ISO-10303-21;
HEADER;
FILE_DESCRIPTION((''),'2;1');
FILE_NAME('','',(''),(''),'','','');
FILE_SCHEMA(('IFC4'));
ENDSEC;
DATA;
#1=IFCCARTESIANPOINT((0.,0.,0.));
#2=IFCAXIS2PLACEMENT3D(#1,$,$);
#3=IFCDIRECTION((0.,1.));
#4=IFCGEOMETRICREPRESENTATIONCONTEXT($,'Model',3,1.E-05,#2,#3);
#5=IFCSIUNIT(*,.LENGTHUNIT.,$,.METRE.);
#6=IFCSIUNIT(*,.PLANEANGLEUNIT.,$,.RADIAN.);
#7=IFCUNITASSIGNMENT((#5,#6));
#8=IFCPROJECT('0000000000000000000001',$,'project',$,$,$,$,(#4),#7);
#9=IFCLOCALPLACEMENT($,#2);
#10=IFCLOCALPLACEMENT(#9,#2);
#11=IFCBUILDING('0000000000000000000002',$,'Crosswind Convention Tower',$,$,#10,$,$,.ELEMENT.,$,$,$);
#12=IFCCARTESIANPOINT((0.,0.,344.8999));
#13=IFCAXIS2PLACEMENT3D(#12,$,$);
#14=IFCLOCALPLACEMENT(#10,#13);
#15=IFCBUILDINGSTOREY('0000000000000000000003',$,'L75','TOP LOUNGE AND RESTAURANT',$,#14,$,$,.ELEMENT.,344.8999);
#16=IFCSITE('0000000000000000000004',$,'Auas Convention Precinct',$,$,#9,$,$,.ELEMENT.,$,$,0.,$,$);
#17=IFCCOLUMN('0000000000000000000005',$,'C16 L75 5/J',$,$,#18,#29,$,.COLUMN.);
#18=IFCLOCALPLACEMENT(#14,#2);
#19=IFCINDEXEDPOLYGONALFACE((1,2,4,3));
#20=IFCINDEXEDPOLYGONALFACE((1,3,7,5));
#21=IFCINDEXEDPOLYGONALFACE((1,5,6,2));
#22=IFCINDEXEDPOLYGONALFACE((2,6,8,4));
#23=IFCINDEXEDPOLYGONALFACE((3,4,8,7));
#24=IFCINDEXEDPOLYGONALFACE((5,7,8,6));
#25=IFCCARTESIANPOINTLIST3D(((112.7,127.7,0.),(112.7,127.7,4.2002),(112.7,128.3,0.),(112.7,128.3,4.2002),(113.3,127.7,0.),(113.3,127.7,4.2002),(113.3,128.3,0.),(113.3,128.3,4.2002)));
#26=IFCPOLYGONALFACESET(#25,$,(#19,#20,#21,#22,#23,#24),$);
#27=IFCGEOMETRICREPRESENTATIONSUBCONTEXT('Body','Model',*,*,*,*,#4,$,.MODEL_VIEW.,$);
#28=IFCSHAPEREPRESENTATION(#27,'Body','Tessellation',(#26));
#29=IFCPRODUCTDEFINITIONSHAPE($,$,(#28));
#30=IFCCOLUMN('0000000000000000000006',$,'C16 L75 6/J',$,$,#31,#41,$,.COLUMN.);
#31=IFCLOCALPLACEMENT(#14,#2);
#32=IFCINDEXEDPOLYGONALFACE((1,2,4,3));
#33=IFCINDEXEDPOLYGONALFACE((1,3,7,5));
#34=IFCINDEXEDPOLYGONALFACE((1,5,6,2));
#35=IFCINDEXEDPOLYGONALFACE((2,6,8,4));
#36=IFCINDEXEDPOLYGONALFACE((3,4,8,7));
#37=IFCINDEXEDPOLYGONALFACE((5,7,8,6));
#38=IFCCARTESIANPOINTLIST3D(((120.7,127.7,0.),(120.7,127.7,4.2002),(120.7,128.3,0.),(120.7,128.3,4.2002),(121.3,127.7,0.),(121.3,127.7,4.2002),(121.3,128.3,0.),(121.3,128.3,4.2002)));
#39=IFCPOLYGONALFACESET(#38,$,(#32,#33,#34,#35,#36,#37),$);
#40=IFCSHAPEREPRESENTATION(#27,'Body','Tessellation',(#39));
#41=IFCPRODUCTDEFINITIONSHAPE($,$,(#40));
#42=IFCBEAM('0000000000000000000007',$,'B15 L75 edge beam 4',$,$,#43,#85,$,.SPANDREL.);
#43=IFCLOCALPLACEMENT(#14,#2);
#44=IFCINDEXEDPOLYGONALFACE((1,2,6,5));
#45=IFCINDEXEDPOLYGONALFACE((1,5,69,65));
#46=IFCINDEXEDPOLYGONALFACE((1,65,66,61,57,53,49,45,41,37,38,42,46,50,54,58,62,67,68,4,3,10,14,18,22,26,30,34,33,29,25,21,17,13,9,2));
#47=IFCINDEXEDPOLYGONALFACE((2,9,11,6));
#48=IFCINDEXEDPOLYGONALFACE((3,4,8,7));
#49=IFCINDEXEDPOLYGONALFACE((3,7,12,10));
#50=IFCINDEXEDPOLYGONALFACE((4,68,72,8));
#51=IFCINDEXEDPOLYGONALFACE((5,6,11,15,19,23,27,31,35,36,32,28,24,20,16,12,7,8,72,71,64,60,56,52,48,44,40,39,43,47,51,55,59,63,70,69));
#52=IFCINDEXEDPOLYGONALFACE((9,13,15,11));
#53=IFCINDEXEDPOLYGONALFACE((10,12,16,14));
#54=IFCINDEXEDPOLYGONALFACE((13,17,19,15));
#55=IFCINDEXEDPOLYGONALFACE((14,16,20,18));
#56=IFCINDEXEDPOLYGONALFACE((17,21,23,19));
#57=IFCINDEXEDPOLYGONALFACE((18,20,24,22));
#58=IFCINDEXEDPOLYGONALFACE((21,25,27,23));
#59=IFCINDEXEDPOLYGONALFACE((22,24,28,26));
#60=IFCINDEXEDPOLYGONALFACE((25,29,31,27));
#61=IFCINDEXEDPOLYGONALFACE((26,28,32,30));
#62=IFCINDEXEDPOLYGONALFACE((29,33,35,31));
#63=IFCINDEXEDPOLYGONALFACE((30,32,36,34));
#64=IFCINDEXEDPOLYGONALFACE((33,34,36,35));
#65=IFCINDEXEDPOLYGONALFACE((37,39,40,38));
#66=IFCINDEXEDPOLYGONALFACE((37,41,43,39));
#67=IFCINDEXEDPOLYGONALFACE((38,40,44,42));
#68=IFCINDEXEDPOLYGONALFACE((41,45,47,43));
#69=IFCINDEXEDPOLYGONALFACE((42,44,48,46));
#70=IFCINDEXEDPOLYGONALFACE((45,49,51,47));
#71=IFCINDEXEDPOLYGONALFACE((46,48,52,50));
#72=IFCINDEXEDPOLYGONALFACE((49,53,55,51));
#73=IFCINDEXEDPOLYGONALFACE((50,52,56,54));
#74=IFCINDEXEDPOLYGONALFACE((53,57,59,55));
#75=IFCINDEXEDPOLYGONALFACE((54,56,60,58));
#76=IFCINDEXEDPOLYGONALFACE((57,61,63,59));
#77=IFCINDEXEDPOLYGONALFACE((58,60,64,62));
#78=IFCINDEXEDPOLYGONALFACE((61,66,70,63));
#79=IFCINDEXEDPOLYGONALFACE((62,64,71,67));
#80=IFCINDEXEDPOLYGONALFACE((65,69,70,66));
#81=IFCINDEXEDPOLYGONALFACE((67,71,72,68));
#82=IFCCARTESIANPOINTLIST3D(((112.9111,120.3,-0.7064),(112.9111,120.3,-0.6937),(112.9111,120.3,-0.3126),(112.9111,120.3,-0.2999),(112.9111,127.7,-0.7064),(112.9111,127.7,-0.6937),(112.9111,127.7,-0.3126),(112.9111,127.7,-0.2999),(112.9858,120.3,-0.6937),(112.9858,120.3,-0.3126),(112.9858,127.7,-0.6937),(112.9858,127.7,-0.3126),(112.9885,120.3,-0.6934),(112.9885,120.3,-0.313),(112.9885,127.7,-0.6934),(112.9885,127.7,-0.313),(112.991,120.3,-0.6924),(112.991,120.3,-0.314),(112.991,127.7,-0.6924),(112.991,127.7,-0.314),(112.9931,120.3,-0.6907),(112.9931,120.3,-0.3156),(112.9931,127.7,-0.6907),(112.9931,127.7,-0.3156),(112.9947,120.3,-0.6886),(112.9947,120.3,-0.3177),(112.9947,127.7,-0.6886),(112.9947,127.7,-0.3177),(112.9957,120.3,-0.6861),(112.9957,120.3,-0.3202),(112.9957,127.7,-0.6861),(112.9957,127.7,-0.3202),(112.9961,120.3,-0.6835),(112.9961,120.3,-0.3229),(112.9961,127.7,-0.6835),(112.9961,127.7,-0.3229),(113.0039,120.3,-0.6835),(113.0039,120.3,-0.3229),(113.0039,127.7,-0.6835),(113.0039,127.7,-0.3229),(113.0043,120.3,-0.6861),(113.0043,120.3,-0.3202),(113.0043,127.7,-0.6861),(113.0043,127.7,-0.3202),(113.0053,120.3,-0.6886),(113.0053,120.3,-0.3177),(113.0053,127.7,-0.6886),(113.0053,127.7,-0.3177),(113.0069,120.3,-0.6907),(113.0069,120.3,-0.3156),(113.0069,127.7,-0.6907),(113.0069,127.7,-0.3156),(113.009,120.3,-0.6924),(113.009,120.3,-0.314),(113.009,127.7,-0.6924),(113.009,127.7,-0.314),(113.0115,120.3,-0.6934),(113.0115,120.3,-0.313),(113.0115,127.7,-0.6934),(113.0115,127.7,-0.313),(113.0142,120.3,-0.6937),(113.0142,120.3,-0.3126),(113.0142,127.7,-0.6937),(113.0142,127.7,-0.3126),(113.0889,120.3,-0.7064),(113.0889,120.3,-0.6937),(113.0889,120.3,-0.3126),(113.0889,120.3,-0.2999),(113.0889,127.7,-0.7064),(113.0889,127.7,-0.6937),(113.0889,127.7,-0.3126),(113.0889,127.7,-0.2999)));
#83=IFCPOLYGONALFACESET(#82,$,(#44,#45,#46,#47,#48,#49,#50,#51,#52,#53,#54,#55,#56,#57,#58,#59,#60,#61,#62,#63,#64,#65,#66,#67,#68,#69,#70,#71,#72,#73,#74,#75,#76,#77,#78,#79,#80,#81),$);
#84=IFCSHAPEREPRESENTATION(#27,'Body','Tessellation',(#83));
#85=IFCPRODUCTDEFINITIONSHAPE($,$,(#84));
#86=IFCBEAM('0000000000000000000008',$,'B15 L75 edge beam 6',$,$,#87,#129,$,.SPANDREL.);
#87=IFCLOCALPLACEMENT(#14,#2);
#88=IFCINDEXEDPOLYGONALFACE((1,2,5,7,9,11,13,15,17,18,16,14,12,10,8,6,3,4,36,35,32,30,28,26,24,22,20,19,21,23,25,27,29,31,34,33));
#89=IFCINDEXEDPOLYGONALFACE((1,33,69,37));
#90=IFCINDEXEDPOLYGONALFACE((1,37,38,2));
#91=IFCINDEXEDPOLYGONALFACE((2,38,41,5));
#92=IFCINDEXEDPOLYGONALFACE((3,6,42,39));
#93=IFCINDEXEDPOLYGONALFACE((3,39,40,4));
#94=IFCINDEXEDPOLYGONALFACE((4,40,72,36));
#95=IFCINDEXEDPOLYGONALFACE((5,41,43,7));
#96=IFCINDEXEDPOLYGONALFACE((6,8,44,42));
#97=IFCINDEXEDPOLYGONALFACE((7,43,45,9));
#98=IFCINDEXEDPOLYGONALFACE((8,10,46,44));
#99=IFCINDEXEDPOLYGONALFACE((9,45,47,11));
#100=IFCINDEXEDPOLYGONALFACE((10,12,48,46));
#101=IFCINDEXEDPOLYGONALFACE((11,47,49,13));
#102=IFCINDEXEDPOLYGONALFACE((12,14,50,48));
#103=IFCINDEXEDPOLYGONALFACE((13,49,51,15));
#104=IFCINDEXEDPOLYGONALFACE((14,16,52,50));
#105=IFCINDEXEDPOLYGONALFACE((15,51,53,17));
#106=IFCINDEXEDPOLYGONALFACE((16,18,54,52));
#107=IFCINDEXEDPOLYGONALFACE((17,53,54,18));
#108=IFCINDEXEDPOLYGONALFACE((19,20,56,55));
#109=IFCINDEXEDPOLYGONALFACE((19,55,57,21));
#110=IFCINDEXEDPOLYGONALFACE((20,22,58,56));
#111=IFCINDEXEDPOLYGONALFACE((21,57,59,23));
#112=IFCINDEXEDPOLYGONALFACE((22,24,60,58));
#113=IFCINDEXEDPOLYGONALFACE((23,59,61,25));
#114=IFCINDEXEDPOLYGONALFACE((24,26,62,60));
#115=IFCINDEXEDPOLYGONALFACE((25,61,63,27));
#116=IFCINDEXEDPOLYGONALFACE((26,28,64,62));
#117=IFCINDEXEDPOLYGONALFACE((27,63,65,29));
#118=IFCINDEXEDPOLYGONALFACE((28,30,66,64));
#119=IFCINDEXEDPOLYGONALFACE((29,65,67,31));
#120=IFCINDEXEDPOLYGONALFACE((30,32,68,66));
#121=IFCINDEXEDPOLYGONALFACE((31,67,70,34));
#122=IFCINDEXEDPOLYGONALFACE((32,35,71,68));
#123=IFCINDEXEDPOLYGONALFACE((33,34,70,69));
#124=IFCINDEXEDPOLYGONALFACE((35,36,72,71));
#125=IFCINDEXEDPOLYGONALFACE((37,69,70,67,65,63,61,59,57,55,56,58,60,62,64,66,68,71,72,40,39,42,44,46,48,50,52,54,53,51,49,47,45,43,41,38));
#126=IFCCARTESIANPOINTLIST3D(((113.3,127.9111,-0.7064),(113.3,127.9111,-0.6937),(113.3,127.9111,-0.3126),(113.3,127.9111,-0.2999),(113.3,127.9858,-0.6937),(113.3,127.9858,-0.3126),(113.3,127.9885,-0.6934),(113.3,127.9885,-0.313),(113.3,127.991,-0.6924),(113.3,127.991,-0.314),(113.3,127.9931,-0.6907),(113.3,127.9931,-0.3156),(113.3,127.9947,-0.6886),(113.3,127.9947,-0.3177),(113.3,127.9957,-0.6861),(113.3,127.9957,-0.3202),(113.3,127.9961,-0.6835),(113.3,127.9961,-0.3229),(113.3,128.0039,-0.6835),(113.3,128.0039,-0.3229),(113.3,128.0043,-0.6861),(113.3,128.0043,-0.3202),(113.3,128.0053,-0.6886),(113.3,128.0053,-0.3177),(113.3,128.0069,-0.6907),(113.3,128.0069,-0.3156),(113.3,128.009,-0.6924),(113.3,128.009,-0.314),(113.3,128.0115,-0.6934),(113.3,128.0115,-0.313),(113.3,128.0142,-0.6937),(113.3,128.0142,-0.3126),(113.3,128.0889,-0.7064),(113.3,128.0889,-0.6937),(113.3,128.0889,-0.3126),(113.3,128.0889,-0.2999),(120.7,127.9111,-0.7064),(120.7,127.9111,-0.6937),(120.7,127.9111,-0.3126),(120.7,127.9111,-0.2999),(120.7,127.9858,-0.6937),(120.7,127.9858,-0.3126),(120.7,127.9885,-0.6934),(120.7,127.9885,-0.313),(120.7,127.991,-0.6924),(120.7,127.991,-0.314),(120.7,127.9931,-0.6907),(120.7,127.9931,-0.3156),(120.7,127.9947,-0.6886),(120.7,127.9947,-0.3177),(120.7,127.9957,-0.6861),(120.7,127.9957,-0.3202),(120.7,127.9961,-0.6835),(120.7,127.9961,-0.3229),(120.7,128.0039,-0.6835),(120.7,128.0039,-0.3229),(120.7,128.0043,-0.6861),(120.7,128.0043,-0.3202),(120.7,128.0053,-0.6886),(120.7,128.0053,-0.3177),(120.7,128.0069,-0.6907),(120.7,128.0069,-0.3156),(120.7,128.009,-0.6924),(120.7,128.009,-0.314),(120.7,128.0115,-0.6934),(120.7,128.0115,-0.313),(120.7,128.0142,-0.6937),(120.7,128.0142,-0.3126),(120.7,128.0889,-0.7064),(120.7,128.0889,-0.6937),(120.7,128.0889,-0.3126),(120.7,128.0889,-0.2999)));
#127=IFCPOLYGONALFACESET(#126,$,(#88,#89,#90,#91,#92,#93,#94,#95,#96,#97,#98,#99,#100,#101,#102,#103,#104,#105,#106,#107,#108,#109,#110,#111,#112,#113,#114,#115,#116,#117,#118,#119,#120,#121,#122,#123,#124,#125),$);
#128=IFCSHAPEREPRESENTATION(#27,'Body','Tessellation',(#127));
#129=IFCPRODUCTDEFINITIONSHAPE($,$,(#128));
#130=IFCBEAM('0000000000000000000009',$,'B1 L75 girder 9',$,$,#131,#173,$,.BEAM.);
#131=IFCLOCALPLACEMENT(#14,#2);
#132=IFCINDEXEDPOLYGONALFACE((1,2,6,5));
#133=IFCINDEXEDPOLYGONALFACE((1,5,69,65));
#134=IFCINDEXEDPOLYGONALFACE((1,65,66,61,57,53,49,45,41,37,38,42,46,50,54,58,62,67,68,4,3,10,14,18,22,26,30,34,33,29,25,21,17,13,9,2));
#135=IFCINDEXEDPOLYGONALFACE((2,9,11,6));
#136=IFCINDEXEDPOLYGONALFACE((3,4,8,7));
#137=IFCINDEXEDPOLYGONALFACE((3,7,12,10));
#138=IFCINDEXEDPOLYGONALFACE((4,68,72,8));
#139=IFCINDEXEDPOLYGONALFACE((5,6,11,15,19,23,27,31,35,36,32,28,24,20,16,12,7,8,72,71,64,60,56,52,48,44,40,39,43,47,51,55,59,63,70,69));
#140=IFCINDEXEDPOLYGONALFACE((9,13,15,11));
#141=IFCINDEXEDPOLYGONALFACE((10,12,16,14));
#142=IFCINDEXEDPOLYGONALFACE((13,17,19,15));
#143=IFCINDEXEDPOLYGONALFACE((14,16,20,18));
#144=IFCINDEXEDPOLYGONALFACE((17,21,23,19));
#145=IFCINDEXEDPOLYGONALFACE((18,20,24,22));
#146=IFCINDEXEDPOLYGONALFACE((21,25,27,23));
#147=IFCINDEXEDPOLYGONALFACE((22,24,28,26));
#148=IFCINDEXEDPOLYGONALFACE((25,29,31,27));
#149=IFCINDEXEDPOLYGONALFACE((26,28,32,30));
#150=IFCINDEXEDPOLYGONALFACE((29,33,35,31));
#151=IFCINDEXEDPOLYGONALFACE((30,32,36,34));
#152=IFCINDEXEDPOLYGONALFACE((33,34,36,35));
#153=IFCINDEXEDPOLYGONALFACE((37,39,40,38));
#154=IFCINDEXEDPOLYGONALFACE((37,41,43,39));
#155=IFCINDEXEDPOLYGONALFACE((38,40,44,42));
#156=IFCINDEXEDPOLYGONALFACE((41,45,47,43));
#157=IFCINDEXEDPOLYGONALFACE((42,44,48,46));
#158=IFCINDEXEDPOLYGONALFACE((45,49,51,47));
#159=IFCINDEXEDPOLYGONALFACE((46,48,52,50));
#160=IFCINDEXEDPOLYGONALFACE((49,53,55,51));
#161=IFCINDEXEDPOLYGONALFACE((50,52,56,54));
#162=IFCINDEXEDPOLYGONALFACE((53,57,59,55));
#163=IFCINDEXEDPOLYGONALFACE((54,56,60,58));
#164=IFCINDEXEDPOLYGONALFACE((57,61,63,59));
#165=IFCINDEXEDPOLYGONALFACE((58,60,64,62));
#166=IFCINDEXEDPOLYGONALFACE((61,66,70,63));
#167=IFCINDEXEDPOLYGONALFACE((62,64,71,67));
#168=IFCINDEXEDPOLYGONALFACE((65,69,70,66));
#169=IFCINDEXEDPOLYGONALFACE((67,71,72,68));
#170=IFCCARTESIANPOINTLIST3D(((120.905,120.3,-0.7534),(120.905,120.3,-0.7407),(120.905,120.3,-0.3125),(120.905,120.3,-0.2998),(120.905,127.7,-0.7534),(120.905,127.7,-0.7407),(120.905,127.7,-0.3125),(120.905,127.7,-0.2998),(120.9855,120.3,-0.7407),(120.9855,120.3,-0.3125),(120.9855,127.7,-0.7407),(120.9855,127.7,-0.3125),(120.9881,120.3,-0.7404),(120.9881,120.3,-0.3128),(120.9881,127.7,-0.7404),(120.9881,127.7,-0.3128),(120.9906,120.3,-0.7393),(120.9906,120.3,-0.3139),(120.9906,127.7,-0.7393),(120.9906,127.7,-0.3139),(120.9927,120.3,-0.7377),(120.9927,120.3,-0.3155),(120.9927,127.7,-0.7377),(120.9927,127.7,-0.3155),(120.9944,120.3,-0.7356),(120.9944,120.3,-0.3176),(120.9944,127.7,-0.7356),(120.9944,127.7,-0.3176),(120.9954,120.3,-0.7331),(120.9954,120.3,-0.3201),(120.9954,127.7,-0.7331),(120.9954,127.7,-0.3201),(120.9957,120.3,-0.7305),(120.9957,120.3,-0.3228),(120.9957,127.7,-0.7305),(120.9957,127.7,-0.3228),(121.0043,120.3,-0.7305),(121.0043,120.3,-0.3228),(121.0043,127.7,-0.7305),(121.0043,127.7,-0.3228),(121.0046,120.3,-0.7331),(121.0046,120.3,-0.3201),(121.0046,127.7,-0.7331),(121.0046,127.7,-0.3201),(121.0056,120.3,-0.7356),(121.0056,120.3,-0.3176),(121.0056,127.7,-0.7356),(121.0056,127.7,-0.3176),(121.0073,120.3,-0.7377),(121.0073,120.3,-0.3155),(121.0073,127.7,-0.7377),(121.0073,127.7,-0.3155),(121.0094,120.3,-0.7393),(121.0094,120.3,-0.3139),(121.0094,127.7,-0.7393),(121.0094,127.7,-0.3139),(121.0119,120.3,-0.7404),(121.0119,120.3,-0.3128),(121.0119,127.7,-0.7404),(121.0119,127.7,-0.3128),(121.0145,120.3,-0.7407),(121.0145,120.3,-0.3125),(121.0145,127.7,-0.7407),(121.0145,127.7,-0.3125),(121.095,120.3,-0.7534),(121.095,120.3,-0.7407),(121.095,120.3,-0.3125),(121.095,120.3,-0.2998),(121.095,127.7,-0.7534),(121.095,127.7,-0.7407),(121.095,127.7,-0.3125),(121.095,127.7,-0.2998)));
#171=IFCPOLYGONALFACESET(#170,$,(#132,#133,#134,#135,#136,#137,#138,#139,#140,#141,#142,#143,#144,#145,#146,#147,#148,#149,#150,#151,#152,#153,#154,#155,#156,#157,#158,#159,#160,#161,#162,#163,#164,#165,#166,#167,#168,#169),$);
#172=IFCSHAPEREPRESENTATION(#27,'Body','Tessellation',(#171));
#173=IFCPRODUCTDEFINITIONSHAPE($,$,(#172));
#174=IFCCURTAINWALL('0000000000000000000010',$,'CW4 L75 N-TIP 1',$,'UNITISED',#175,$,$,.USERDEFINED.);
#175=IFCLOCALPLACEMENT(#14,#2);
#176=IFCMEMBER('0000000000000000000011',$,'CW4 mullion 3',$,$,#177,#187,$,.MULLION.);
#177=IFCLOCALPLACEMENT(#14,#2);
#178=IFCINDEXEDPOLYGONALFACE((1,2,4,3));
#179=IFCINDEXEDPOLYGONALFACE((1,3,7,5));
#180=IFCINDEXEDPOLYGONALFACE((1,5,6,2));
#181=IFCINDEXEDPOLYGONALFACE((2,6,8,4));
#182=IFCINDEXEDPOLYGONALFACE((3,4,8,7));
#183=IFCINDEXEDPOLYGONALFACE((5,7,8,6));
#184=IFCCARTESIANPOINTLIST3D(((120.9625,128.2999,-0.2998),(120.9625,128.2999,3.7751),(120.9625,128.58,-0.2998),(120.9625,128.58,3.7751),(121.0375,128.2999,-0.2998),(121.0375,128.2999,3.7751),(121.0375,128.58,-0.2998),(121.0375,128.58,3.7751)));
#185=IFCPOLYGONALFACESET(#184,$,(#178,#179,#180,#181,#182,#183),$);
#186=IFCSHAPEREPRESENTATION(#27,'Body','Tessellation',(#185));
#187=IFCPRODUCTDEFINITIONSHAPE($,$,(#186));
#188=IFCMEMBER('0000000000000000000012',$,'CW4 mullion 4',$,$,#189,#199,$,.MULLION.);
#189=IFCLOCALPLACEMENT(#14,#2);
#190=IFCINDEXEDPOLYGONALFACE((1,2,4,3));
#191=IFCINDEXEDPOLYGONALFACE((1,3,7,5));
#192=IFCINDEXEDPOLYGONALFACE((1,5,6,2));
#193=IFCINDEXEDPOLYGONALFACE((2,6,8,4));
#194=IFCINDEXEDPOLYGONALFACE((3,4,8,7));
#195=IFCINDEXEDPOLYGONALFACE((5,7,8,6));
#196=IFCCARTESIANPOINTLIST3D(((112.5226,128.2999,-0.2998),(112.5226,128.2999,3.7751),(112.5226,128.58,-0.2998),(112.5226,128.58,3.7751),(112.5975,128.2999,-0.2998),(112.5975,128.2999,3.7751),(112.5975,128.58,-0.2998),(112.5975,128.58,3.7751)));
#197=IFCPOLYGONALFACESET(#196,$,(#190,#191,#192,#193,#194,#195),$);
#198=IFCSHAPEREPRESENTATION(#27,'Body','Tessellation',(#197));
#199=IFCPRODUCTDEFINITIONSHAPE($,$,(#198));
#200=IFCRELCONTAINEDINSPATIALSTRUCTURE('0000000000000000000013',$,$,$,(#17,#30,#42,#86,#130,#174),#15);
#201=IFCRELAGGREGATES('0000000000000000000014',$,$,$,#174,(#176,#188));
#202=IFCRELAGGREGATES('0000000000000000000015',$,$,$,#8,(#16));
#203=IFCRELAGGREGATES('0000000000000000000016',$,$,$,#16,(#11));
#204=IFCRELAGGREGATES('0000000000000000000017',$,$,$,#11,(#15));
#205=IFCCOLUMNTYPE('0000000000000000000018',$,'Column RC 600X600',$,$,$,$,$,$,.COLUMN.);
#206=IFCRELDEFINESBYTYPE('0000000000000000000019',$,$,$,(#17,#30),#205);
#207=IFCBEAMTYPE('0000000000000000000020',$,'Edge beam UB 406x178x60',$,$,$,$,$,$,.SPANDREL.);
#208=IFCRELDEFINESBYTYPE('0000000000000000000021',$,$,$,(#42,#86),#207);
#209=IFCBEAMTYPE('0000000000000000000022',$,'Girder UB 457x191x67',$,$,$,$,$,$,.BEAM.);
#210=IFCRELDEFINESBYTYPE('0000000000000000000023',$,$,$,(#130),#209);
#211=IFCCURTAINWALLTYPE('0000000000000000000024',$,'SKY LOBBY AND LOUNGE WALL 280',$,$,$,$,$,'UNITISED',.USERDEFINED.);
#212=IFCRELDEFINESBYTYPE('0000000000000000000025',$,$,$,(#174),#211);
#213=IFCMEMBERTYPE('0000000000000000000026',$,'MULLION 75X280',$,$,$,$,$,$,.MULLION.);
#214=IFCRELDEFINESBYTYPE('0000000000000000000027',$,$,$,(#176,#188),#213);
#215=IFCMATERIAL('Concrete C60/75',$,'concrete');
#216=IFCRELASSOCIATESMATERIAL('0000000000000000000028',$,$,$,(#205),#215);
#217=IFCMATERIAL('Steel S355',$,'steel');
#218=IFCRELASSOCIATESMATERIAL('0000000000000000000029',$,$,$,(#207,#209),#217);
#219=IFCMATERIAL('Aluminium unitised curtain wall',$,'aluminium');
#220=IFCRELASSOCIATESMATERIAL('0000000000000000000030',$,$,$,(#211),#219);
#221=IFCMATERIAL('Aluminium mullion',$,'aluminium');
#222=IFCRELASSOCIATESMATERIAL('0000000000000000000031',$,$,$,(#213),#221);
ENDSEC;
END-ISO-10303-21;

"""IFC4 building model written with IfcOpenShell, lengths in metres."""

from ifc_helpers import new_model, si_unit, direction, frame, origin, origin_2d, place, context, subcontext, project, spatial, rectangle, i_section, extrude, material, material_profile, profile_set, type_object, element, aggregate, save


model = new_model("IFC4")

# Units and contexts
model_context = context("Model", 3, precision=1e-05, world=origin(), true_north=direction((0.0, 1.0)))
body_context = subcontext(model_context, "Body", "Model", "MODEL_VIEW")
ifc_project = project(units=[si_unit("LENGTHUNIT", "METRE"), si_unit("PLANEANGLEUNIT", "RADIAN")], contexts=[model_context])

# Site, building, storey
site_placement = place(None, origin())
site = spatial("IfcSite", under=ifc_project, at=site_placement, Name="Auas Convention Precinct", CompositionType="ELEMENT", RefElevation=0.0)
building_placement = place(site_placement, origin())
building = spatial("IfcBuilding", under=site, at=building_placement, Name="Crosswind Convention Tower", CompositionType="ELEMENT")
storey_placement = place(building_placement, frame((0.0, 0.0, 344.8999)))
storey = spatial("IfcBuildingStorey", under=building, at=storey_placement, Name="L75", Description="TOP LOUNGE AND RESTAURANT", CompositionType="ELEMENT", Elevation=344.8999)

# Columns
ifc_material_1 = material(Name="Concrete C60/75", Category="concrete")
ifc_material_profile_1 = material_profile(ifc_material_1, rectangle(XDim=0.6001, YDim=0.6001, at=origin_2d()), Name="RC 600X600")
ifc_profile_set_1 = profile_set([ifc_material_profile_1], Name="Concrete C60/75")
column_type = type_object("IfcColumnType", Name="Column RC 600X600", PredefinedType="COLUMN", material=ifc_profile_set_1)
for number, where, z_axis, x_axis, name in (
    (1, (113.0, 128.0, 0.0), (0.0, 0.0, 1.0), (1.0, 0.0, 0.0), "C16 L75 5/J"),
    (2, (121.0, 128.0, 0.0), (0.0, 0.0, 1.0), (1.0, 0.0, 0.0), "C16 L75 6/J"),
):
    element("IfcColumn", number, at=place(storey_placement, frame(where, z_axis=z_axis, x_axis=x_axis)), inside=storey, type_object=column_type, Name=name, PredefinedType="COLUMN", context=body_context, shape_type="SweptSolid", body=[
        extrude(rectangle(XDim=0.6001, YDim=0.6001, at=origin_2d()), origin(), (0.0, 0.0, 1.0), 4.2002),
    ])

# Beams
ifc_material_2 = material(Name="Steel S355", Category="steel")
ifc_material_profile_2 = material_profile(ifc_material_2, i_section(OverallWidth=0.1777, OverallDepth=0.4065, WebThickness=0.0078, FlangeThickness=0.0127, FilletRadius=0.0103, at=origin_2d()), Name="UB 406x178x60")
ifc_profile_set_2 = profile_set([ifc_material_profile_2], Name="Steel S355")
beam_type_1 = type_object("IfcBeamType", Name="Edge beam UB 406x178x60", PredefinedType="SPANDREL", material=ifc_profile_set_2)
for number, where, z_axis, x_axis, name in (
    (3, (113.0, 120.3, -0.5032), (0.0, 1.0, 0.0), (-1.0, 0.0, 0.0), "B15 L75 edge beam 4"),
    (4, (113.3, 128.0, -0.5032), (1.0, 0.0, 0.0), (0.0, 1.0, 0.0), "B15 L75 edge beam 6"),
):
    element("IfcBeam", number, at=place(storey_placement, frame(where, z_axis=z_axis, x_axis=x_axis)), inside=storey, type_object=beam_type_1, Name=name, PredefinedType="SPANDREL", context=body_context, shape_type="SweptSolid", body=[
        extrude(i_section(OverallWidth=0.1777, OverallDepth=0.4065, WebThickness=0.0078, FlangeThickness=0.0127, FilletRadius=0.0103, at=origin_2d()), origin(), (0.0, 0.0, 1.0), 7.3999),
    ])
ifc_material_profile_3 = material_profile(ifc_material_2, i_section(OverallWidth=0.1899, OverallDepth=0.4536, WebThickness=0.0085, FlangeThickness=0.0127, FilletRadius=0.0103, at=origin_2d()), Name="UB 457x191x67")
ifc_profile_set_3 = profile_set([ifc_material_profile_3], Name="Steel S355")
beam_type_2 = type_object("IfcBeamType", Name="Girder UB 457x191x67", PredefinedType="BEAM", material=ifc_profile_set_3)
beam_1_placement = place(storey_placement, frame((121.0, 120.3, -0.5266), z_axis=(0.0, 1.0, 0.0), x_axis=(-1.0, 0.0, 0.0)))
element("IfcBeam", 5, at=beam_1_placement, inside=storey, type_object=beam_type_2, Name="B1 L75 girder 9", PredefinedType="BEAM", context=body_context, shape_type="SweptSolid", body=[
    extrude(i_section(OverallWidth=0.1899, OverallDepth=0.4536, WebThickness=0.0085, FlangeThickness=0.0127, FilletRadius=0.0103, at=origin_2d()), origin(), (0.0, 0.0, 1.0), 7.3999),
])

# Curtain wall, members
ifc_material_3 = material(Name="Aluminium unitised curtain wall", Category="aluminium")
curtain_wall_type = type_object("IfcCurtainWallType", Name="SKY LOBBY AND LOUNGE WALL 280", ElementType="UNITISED", PredefinedType="USERDEFINED", material=ifc_material_3)
curtain_wall_1_placement = place(storey_placement, origin())
curtain_wall_1 = element("IfcCurtainWall", 6, at=curtain_wall_1_placement, inside=storey, type_object=curtain_wall_type, Name="CW4 L75 N-TIP 1", ObjectType="UNITISED", PredefinedType="USERDEFINED")
ifc_material_4 = material(Name="Aluminium mullion", Category="aluminium")
ifc_material_profile_4 = material_profile(ifc_material_4, rectangle(XDim=0.28, YDim=0.075, at=origin_2d()), Name="AL 280X75")
ifc_profile_set_4 = profile_set([ifc_material_profile_4], Name="Aluminium mullion")
member_type_1 = type_object("IfcMemberType", Name="MULLION 75X280", PredefinedType="MULLION", material=ifc_profile_set_4)
member_1_placement = place(storey_placement, frame((121.0, 128.4399, -0.2998), z_axis=(0.0, 0.0, 1.0), x_axis=(0.0, 1.0, 0.0)))
member_1 = element("IfcMember", 7, at=member_1_placement, type_object=member_type_1, Name="CW4 mullion 3", PredefinedType="MULLION", context=body_context, shape_type="SweptSolid", body=[
    extrude(rectangle(XDim=0.28, YDim=0.075, at=origin_2d()), origin(), (0.0, 0.0, 1.0), 4.075),
])
member_2_placement = place(storey_placement, frame((112.5601, 128.4399, -0.2998), z_axis=(0.0, 0.0, 1.0), x_axis=(0.0, 1.0, 0.0)))
member_2 = element("IfcMember", 8, at=member_2_placement, type_object=member_type_1, Name="CW4 mullion 4", PredefinedType="MULLION", context=body_context, shape_type="SweptSolid", body=[
    extrude(rectangle(XDim=0.28, YDim=0.075, at=origin_2d()), origin(), (0.0, 0.0, 1.0), 4.075),
])

aggregate(curtain_wall_1, [member_1, member_2])

save(model, "model.ifc")
